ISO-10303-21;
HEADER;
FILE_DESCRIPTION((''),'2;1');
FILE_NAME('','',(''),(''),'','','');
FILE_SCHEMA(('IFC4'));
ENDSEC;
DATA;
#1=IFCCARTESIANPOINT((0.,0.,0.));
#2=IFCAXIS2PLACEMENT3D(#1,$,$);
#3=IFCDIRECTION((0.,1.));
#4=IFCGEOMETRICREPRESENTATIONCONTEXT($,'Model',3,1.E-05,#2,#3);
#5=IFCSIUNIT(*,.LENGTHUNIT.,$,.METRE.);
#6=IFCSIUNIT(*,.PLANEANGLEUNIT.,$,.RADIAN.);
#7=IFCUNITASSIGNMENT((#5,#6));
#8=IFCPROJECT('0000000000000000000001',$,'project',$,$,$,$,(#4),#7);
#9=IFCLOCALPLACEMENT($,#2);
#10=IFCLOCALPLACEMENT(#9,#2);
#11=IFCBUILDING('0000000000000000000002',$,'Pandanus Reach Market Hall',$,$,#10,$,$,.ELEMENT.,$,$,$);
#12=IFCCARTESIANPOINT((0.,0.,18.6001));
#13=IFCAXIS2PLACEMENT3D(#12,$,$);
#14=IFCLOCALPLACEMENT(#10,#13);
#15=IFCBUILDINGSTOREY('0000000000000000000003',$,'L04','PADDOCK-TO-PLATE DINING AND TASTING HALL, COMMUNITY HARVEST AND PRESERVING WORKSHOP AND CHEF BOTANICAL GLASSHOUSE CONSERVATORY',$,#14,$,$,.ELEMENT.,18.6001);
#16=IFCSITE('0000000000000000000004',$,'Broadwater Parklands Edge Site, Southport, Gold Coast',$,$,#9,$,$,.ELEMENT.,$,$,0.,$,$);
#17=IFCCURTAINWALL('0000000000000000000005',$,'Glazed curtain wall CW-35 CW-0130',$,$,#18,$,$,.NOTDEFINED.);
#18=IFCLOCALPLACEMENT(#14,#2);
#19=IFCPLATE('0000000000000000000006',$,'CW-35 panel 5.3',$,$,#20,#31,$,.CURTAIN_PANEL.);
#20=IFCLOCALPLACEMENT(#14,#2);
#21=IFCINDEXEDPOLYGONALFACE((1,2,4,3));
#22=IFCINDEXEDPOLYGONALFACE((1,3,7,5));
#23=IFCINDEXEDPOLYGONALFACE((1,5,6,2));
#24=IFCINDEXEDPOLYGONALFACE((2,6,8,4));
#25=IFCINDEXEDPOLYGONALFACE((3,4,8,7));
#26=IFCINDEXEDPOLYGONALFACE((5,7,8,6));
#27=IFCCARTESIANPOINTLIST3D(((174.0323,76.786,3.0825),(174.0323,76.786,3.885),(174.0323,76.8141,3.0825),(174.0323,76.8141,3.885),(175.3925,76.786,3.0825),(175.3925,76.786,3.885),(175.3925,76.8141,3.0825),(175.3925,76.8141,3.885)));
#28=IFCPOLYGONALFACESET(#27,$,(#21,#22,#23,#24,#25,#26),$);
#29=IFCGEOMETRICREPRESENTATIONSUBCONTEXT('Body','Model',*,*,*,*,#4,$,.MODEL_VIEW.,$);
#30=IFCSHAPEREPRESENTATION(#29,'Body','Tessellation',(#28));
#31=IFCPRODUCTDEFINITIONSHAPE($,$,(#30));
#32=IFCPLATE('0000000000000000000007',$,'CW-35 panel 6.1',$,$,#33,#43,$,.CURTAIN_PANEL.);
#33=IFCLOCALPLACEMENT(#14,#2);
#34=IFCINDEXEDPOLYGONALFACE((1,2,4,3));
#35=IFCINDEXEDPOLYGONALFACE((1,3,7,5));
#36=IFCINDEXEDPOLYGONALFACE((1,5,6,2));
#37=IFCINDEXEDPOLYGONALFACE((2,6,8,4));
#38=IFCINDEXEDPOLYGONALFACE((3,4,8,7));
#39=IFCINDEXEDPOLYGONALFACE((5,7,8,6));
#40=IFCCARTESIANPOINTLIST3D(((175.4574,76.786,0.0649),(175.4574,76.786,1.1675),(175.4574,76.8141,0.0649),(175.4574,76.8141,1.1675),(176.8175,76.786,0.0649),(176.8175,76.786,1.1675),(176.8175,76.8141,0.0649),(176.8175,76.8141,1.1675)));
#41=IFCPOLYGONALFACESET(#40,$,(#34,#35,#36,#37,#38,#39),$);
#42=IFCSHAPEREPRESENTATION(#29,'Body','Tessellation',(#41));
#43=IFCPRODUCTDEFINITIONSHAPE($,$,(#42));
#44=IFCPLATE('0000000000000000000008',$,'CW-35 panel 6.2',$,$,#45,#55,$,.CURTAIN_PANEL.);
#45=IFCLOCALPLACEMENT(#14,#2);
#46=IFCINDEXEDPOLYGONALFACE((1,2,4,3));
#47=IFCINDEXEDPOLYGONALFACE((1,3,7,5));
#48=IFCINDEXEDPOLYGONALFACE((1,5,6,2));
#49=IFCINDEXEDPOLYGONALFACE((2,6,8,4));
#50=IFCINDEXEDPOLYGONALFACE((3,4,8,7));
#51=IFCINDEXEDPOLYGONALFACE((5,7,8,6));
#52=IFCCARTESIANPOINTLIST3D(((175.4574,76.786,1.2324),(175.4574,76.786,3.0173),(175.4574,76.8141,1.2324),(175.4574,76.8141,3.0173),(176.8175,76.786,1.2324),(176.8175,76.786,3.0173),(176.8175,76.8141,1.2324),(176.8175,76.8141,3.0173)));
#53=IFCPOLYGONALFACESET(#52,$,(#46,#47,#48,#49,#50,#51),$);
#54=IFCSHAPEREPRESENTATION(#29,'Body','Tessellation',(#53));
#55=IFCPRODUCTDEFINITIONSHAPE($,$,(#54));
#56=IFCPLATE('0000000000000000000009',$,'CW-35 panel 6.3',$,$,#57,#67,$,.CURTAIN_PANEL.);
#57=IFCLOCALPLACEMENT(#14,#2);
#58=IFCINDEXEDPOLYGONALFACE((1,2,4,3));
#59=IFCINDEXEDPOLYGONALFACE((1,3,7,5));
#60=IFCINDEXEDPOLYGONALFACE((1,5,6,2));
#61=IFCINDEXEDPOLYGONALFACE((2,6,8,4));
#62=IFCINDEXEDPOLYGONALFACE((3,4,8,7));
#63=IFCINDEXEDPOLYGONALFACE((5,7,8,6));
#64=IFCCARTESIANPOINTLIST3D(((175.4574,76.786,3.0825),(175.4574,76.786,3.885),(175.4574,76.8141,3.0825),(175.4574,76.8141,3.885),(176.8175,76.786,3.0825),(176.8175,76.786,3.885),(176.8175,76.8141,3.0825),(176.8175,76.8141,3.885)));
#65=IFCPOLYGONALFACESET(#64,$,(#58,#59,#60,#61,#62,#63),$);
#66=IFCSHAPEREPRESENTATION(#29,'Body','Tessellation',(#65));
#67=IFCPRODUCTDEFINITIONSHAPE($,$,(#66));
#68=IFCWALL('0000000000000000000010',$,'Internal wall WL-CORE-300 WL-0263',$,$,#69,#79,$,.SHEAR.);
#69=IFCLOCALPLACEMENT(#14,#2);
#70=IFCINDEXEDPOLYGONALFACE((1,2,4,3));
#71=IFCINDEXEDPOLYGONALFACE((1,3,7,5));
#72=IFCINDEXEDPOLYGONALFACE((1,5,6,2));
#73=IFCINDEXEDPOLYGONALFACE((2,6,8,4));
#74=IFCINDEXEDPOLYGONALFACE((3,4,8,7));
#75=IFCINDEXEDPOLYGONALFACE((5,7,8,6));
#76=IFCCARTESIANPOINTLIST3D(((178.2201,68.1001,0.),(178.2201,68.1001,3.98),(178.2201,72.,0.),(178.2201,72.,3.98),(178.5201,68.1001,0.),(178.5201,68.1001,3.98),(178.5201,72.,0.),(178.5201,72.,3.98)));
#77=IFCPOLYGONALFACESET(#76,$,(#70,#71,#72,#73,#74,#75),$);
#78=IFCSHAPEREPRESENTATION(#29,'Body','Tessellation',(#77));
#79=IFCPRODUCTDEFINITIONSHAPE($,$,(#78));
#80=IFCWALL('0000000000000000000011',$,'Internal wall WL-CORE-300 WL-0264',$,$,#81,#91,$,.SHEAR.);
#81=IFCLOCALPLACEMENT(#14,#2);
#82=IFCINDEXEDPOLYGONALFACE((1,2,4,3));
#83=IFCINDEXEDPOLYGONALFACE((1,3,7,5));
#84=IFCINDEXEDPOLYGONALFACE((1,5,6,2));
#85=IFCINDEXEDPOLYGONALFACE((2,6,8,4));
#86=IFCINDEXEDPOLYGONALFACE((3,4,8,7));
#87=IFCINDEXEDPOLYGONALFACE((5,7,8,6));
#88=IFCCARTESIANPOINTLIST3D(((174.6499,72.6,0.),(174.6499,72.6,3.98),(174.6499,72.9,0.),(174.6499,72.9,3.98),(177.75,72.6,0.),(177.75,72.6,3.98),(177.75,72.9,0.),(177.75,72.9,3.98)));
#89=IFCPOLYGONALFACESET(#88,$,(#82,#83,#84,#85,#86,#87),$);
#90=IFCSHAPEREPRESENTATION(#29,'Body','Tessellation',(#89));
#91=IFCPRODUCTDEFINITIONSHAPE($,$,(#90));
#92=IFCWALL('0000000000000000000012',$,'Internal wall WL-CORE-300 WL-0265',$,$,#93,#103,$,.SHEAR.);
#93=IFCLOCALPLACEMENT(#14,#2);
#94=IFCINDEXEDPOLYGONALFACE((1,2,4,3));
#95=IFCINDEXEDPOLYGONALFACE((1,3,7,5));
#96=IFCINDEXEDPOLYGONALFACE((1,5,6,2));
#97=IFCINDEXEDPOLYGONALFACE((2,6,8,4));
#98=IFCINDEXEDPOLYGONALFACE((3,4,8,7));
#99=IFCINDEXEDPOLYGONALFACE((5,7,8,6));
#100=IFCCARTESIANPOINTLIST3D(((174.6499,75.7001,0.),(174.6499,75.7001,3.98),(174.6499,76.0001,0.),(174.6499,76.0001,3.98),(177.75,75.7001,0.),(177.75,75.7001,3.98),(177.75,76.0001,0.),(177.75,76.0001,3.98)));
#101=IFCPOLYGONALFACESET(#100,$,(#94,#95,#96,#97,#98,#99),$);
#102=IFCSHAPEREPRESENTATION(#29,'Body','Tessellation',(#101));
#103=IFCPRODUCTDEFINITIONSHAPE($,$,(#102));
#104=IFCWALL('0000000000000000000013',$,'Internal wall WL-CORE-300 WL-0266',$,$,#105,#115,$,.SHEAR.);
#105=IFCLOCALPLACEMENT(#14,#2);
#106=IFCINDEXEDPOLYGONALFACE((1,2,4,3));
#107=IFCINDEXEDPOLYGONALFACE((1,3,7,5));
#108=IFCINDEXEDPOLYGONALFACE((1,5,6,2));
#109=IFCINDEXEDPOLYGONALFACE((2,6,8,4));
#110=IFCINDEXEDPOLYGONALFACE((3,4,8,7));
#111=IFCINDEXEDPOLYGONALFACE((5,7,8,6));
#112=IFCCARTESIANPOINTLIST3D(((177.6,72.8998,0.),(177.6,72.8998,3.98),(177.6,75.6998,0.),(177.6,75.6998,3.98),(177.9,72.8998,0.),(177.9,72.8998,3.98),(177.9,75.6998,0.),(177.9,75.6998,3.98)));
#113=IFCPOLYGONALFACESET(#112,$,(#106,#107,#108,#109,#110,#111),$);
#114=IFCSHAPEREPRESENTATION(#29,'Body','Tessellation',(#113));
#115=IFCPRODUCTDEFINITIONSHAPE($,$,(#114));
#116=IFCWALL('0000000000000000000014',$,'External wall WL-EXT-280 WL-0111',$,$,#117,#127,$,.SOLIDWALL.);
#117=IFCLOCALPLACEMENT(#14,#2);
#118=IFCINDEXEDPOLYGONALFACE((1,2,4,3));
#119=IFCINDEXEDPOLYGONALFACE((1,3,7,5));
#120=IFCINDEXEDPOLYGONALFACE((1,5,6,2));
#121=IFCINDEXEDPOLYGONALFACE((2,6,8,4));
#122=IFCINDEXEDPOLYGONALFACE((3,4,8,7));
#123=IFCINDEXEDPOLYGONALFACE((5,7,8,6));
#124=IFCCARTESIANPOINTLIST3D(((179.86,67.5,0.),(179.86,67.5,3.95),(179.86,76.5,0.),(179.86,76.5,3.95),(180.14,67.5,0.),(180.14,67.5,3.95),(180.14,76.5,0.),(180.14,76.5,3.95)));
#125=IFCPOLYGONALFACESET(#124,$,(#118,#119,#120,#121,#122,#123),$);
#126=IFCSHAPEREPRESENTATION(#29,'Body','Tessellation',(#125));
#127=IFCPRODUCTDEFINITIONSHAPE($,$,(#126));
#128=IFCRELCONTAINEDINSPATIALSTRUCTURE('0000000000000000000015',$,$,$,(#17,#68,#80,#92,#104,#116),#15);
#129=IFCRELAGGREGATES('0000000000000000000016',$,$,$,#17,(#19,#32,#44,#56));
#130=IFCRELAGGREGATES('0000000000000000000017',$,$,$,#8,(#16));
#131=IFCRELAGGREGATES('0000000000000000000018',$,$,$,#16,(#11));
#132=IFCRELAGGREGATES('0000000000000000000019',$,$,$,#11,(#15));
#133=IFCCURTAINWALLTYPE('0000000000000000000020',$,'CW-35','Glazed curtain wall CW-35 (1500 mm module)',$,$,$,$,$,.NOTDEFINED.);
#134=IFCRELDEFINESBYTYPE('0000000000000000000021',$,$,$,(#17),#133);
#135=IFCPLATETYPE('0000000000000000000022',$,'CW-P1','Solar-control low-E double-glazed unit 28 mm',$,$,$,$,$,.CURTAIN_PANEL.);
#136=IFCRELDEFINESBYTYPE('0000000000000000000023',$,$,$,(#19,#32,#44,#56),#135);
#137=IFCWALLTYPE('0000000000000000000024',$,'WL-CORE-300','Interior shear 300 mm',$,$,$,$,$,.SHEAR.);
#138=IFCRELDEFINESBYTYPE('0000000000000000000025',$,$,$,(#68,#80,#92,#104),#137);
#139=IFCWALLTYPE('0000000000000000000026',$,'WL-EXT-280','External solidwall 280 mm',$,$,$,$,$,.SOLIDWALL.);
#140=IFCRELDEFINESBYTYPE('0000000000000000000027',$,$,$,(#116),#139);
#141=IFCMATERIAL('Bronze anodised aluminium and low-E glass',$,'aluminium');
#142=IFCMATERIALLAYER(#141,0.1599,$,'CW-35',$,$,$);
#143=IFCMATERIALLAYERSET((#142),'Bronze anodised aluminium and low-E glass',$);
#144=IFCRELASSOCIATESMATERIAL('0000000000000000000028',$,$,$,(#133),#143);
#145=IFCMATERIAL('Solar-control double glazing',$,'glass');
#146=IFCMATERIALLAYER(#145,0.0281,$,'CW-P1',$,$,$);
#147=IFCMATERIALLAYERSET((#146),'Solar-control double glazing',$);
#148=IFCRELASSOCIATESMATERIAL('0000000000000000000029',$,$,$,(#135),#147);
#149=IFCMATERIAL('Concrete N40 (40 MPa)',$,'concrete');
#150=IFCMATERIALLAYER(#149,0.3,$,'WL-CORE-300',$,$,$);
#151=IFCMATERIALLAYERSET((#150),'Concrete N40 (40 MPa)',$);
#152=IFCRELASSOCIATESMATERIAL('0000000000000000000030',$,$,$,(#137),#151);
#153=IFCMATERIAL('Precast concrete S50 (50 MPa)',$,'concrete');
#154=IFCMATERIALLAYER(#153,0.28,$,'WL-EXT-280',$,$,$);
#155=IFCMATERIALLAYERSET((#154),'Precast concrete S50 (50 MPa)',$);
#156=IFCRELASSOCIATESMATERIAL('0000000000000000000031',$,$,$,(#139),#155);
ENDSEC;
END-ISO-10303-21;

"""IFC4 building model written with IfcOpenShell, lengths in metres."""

from ifc_helpers import new_model, si_unit, direction, frame, frame_2d, origin, origin_2d, place, context, subcontext, project, spatial, rectangle, extrude, material, layer, layer_set, type_object, element, aggregate, save


model = new_model("IFC4")

# Units and contexts
model_context = context("Model", 3, precision=1e-05, world=origin(), true_north=direction((0.0, 1.0)))
body_context = subcontext(model_context, "Body", "Model", "MODEL_VIEW")
ifc_project = project(units=[si_unit("LENGTHUNIT", "METRE"), si_unit("PLANEANGLEUNIT", "RADIAN")], contexts=[model_context])

# Site, building, storey
site_placement = place(None, origin())
site = spatial("IfcSite", under=ifc_project, at=site_placement, Name="Broadwater Parklands Edge Site, Southport, Gold Coast", CompositionType="ELEMENT", RefElevation=0.0)
building_placement = place(site_placement, origin())
building = spatial("IfcBuilding", under=site, at=building_placement, Name="Pandanus Reach Market Hall", CompositionType="ELEMENT")
storey_placement = place(building_placement, frame((0.0, 0.0, 18.6001)))
storey = spatial("IfcBuildingStorey", under=building, at=storey_placement, Name="L04", Description="PADDOCK-TO-PLATE DINING AND TASTING HALL, COMMUNITY HARVEST AND PRESERVING WORKSHOP AND CHEF BOTANICAL GLASSHOUSE CONSERVATORY", CompositionType="ELEMENT", Elevation=18.6001)

# Shared definitions
ifc_material_1 = material(Name="Concrete N40 (40 MPa)", Category="concrete")

# Curtain wall, plates
ifc_material_2 = material(Name="Bronze anodised aluminium and low-E glass", Category="aluminium")
ifc_layer_1 = layer(ifc_material_2, 0.1599, Name="CW-35")
ifc_layer_set_1 = layer_set([ifc_layer_1], Name="Bronze anodised aluminium and low-E glass")
curtain_wall_type = type_object("IfcCurtainWallType", Name="CW-35", Description="Glazed curtain wall CW-35 (1500 mm module)", PredefinedType="NOTDEFINED", material=ifc_layer_set_1)
curtain_wall_placement = place(storey_placement, origin())
curtain_wall = element("IfcCurtainWall", 1, at=curtain_wall_placement, inside=storey, type_object=curtain_wall_type, Name="Glazed curtain wall CW-35 CW-0130", PredefinedType="NOTDEFINED")
ifc_material_3 = material(Name="Solar-control double glazing", Category="glass")
ifc_layer_2 = layer(ifc_material_3, 0.0281, Name="CW-P1")
ifc_layer_set_2 = layer_set([ifc_layer_2], Name="Solar-control double glazing")
plate_type = type_object("IfcPlateType", Name="CW-P1", Description="Solar-control low-E double-glazed unit 28 mm", PredefinedType="CURTAIN_PANEL", material=ifc_layer_set_2)
plate_1_placement = place(storey_placement, frame((174.7124, 76.8, 3.0825), z_axis=(0.0, 0.0, 1.0), x_axis=(1.0, 0.0, 0.0)))
plate_1 = element("IfcPlate", 2, at=plate_1_placement, type_object=plate_type, Name="CW-35 panel 5.3", PredefinedType="CURTAIN_PANEL", context=body_context, shape_type="SweptSolid", body=[
    extrude(rectangle(XDim=1.3601, YDim=0.0281, at=origin_2d()), origin(), (0.0, 0.0, 1.0), 0.8025),
])
plate_2_placement = place(storey_placement, frame((176.1375, 76.8, 0.0649), z_axis=(0.0, 0.0, 1.0), x_axis=(1.0, 0.0, 0.0)))
plate_2 = element("IfcPlate", 3, at=plate_2_placement, type_object=plate_type, Name="CW-35 panel 6.1", PredefinedType="CURTAIN_PANEL", context=body_context, shape_type="SweptSolid", body=[
    extrude(rectangle(XDim=1.3601, YDim=0.0281, at=origin_2d()), origin(), (0.0, 0.0, 1.0), 1.1025),
])
plate_3_placement = place(storey_placement, frame((176.1375, 76.8, 1.2324), z_axis=(0.0, 0.0, 1.0), x_axis=(1.0, 0.0, 0.0)))
plate_3 = element("IfcPlate", 4, at=plate_3_placement, type_object=plate_type, Name="CW-35 panel 6.2", PredefinedType="CURTAIN_PANEL", context=body_context, shape_type="SweptSolid", body=[
    extrude(rectangle(XDim=1.3601, YDim=0.0281, at=origin_2d()), origin(), (0.0, 0.0, 1.0), 1.7849),
])
plate_4_placement = place(storey_placement, frame((176.1375, 76.8, 3.0825), z_axis=(0.0, 0.0, 1.0), x_axis=(1.0, 0.0, 0.0)))
plate_4 = element("IfcPlate", 5, at=plate_4_placement, type_object=plate_type, Name="CW-35 panel 6.3", PredefinedType="CURTAIN_PANEL", context=body_context, shape_type="SweptSolid", body=[
    extrude(rectangle(XDim=1.3601, YDim=0.0281, at=origin_2d()), origin(), (0.0, 0.0, 1.0), 0.8025),
])
aggregate(curtain_wall, [plate_1, plate_2, plate_3, plate_4])

# Walls
ifc_layer_3 = layer(ifc_material_1, 0.3, Name="WL-CORE-300")
ifc_layer_set_3 = layer_set([ifc_layer_3], Name="Concrete N40 (40 MPa)")
wall_type_1 = type_object("IfcWallType", Name="WL-CORE-300", Description="Interior shear 300 mm", PredefinedType="SHEAR", material=ifc_layer_set_3)
wall_1_placement = place(storey_placement, frame((178.3701, 68.1001, 0.0), z_axis=(0.0, 0.0, 1.0), x_axis=(0.0, 1.0, 0.0)))
element("IfcWall", 6, at=wall_1_placement, inside=storey, type_object=wall_type_1, Name="Internal wall WL-CORE-300 WL-0263", PredefinedType="SHEAR", context=body_context, shape_type="SweptSolid", body=[
    extrude(rectangle(XDim=3.8999, YDim=0.3, at=frame_2d((1.95, 0.0))), origin(), (0.0, 0.0, 1.0), 3.98),
])
for number, where, z_axis, x_axis, name in (
    (7, (174.6499, 72.75, 0.0), (0.0, 0.0, 1.0), (1.0, 0.0, 0.0), "Internal wall WL-CORE-300 WL-0264"),
    (8, (174.6499, 75.8501, 0.0), (0.0, 0.0, 1.0), (1.0, 0.0, 0.0), "Internal wall WL-CORE-300 WL-0265"),
):
    element("IfcWall", number, at=place(storey_placement, frame(where, z_axis=z_axis, x_axis=x_axis)), inside=storey, type_object=wall_type_1, Name=name, PredefinedType="SHEAR", context=body_context, shape_type="SweptSolid", body=[
        extrude(rectangle(XDim=3.1001, YDim=0.3, at=frame_2d((1.55, 0.0))), origin(), (0.0, 0.0, 1.0), 3.98),
    ])
wall_2_placement = place(storey_placement, frame((177.75, 72.8999, 0.0), z_axis=(0.0, 0.0, 1.0), x_axis=(0.0, 1.0, 0.0)))
element("IfcWall", 9, at=wall_2_placement, inside=storey, type_object=wall_type_1, Name="Internal wall WL-CORE-300 WL-0266", PredefinedType="SHEAR", context=body_context, shape_type="SweptSolid", body=[
    extrude(rectangle(XDim=2.8, YDim=0.3, at=frame_2d((1.3999, 0.0))), origin(), (0.0, 0.0, 1.0), 3.98),
])

# Wall
ifc_material_4 = material(Name="Precast concrete S50 (50 MPa)", Category="concrete")
ifc_layer_4 = layer(ifc_material_4, 0.28, Name="WL-EXT-280")
ifc_layer_set_4 = layer_set([ifc_layer_4], Name="Precast concrete S50 (50 MPa)")
wall_type_2 = type_object("IfcWallType", Name="WL-EXT-280", Description="External solidwall 280 mm", PredefinedType="SOLIDWALL", material=ifc_layer_set_4)
wall_3_placement = place(storey_placement, frame((180.0, 67.5, 0.0), z_axis=(0.0, 0.0, 1.0), x_axis=(0.0, 1.0, 0.0)))
element("IfcWall", 10, at=wall_3_placement, inside=storey, type_object=wall_type_2, Name="External wall WL-EXT-280 WL-0111", PredefinedType="SOLIDWALL", context=body_context, shape_type="SweptSolid", body=[
    extrude(rectangle(XDim=9.0, YDim=0.28, at=frame_2d((4.5, 0.0))), origin(), (0.0, 0.0, 1.0), 3.95),
])

save(model, "model.ifc")
